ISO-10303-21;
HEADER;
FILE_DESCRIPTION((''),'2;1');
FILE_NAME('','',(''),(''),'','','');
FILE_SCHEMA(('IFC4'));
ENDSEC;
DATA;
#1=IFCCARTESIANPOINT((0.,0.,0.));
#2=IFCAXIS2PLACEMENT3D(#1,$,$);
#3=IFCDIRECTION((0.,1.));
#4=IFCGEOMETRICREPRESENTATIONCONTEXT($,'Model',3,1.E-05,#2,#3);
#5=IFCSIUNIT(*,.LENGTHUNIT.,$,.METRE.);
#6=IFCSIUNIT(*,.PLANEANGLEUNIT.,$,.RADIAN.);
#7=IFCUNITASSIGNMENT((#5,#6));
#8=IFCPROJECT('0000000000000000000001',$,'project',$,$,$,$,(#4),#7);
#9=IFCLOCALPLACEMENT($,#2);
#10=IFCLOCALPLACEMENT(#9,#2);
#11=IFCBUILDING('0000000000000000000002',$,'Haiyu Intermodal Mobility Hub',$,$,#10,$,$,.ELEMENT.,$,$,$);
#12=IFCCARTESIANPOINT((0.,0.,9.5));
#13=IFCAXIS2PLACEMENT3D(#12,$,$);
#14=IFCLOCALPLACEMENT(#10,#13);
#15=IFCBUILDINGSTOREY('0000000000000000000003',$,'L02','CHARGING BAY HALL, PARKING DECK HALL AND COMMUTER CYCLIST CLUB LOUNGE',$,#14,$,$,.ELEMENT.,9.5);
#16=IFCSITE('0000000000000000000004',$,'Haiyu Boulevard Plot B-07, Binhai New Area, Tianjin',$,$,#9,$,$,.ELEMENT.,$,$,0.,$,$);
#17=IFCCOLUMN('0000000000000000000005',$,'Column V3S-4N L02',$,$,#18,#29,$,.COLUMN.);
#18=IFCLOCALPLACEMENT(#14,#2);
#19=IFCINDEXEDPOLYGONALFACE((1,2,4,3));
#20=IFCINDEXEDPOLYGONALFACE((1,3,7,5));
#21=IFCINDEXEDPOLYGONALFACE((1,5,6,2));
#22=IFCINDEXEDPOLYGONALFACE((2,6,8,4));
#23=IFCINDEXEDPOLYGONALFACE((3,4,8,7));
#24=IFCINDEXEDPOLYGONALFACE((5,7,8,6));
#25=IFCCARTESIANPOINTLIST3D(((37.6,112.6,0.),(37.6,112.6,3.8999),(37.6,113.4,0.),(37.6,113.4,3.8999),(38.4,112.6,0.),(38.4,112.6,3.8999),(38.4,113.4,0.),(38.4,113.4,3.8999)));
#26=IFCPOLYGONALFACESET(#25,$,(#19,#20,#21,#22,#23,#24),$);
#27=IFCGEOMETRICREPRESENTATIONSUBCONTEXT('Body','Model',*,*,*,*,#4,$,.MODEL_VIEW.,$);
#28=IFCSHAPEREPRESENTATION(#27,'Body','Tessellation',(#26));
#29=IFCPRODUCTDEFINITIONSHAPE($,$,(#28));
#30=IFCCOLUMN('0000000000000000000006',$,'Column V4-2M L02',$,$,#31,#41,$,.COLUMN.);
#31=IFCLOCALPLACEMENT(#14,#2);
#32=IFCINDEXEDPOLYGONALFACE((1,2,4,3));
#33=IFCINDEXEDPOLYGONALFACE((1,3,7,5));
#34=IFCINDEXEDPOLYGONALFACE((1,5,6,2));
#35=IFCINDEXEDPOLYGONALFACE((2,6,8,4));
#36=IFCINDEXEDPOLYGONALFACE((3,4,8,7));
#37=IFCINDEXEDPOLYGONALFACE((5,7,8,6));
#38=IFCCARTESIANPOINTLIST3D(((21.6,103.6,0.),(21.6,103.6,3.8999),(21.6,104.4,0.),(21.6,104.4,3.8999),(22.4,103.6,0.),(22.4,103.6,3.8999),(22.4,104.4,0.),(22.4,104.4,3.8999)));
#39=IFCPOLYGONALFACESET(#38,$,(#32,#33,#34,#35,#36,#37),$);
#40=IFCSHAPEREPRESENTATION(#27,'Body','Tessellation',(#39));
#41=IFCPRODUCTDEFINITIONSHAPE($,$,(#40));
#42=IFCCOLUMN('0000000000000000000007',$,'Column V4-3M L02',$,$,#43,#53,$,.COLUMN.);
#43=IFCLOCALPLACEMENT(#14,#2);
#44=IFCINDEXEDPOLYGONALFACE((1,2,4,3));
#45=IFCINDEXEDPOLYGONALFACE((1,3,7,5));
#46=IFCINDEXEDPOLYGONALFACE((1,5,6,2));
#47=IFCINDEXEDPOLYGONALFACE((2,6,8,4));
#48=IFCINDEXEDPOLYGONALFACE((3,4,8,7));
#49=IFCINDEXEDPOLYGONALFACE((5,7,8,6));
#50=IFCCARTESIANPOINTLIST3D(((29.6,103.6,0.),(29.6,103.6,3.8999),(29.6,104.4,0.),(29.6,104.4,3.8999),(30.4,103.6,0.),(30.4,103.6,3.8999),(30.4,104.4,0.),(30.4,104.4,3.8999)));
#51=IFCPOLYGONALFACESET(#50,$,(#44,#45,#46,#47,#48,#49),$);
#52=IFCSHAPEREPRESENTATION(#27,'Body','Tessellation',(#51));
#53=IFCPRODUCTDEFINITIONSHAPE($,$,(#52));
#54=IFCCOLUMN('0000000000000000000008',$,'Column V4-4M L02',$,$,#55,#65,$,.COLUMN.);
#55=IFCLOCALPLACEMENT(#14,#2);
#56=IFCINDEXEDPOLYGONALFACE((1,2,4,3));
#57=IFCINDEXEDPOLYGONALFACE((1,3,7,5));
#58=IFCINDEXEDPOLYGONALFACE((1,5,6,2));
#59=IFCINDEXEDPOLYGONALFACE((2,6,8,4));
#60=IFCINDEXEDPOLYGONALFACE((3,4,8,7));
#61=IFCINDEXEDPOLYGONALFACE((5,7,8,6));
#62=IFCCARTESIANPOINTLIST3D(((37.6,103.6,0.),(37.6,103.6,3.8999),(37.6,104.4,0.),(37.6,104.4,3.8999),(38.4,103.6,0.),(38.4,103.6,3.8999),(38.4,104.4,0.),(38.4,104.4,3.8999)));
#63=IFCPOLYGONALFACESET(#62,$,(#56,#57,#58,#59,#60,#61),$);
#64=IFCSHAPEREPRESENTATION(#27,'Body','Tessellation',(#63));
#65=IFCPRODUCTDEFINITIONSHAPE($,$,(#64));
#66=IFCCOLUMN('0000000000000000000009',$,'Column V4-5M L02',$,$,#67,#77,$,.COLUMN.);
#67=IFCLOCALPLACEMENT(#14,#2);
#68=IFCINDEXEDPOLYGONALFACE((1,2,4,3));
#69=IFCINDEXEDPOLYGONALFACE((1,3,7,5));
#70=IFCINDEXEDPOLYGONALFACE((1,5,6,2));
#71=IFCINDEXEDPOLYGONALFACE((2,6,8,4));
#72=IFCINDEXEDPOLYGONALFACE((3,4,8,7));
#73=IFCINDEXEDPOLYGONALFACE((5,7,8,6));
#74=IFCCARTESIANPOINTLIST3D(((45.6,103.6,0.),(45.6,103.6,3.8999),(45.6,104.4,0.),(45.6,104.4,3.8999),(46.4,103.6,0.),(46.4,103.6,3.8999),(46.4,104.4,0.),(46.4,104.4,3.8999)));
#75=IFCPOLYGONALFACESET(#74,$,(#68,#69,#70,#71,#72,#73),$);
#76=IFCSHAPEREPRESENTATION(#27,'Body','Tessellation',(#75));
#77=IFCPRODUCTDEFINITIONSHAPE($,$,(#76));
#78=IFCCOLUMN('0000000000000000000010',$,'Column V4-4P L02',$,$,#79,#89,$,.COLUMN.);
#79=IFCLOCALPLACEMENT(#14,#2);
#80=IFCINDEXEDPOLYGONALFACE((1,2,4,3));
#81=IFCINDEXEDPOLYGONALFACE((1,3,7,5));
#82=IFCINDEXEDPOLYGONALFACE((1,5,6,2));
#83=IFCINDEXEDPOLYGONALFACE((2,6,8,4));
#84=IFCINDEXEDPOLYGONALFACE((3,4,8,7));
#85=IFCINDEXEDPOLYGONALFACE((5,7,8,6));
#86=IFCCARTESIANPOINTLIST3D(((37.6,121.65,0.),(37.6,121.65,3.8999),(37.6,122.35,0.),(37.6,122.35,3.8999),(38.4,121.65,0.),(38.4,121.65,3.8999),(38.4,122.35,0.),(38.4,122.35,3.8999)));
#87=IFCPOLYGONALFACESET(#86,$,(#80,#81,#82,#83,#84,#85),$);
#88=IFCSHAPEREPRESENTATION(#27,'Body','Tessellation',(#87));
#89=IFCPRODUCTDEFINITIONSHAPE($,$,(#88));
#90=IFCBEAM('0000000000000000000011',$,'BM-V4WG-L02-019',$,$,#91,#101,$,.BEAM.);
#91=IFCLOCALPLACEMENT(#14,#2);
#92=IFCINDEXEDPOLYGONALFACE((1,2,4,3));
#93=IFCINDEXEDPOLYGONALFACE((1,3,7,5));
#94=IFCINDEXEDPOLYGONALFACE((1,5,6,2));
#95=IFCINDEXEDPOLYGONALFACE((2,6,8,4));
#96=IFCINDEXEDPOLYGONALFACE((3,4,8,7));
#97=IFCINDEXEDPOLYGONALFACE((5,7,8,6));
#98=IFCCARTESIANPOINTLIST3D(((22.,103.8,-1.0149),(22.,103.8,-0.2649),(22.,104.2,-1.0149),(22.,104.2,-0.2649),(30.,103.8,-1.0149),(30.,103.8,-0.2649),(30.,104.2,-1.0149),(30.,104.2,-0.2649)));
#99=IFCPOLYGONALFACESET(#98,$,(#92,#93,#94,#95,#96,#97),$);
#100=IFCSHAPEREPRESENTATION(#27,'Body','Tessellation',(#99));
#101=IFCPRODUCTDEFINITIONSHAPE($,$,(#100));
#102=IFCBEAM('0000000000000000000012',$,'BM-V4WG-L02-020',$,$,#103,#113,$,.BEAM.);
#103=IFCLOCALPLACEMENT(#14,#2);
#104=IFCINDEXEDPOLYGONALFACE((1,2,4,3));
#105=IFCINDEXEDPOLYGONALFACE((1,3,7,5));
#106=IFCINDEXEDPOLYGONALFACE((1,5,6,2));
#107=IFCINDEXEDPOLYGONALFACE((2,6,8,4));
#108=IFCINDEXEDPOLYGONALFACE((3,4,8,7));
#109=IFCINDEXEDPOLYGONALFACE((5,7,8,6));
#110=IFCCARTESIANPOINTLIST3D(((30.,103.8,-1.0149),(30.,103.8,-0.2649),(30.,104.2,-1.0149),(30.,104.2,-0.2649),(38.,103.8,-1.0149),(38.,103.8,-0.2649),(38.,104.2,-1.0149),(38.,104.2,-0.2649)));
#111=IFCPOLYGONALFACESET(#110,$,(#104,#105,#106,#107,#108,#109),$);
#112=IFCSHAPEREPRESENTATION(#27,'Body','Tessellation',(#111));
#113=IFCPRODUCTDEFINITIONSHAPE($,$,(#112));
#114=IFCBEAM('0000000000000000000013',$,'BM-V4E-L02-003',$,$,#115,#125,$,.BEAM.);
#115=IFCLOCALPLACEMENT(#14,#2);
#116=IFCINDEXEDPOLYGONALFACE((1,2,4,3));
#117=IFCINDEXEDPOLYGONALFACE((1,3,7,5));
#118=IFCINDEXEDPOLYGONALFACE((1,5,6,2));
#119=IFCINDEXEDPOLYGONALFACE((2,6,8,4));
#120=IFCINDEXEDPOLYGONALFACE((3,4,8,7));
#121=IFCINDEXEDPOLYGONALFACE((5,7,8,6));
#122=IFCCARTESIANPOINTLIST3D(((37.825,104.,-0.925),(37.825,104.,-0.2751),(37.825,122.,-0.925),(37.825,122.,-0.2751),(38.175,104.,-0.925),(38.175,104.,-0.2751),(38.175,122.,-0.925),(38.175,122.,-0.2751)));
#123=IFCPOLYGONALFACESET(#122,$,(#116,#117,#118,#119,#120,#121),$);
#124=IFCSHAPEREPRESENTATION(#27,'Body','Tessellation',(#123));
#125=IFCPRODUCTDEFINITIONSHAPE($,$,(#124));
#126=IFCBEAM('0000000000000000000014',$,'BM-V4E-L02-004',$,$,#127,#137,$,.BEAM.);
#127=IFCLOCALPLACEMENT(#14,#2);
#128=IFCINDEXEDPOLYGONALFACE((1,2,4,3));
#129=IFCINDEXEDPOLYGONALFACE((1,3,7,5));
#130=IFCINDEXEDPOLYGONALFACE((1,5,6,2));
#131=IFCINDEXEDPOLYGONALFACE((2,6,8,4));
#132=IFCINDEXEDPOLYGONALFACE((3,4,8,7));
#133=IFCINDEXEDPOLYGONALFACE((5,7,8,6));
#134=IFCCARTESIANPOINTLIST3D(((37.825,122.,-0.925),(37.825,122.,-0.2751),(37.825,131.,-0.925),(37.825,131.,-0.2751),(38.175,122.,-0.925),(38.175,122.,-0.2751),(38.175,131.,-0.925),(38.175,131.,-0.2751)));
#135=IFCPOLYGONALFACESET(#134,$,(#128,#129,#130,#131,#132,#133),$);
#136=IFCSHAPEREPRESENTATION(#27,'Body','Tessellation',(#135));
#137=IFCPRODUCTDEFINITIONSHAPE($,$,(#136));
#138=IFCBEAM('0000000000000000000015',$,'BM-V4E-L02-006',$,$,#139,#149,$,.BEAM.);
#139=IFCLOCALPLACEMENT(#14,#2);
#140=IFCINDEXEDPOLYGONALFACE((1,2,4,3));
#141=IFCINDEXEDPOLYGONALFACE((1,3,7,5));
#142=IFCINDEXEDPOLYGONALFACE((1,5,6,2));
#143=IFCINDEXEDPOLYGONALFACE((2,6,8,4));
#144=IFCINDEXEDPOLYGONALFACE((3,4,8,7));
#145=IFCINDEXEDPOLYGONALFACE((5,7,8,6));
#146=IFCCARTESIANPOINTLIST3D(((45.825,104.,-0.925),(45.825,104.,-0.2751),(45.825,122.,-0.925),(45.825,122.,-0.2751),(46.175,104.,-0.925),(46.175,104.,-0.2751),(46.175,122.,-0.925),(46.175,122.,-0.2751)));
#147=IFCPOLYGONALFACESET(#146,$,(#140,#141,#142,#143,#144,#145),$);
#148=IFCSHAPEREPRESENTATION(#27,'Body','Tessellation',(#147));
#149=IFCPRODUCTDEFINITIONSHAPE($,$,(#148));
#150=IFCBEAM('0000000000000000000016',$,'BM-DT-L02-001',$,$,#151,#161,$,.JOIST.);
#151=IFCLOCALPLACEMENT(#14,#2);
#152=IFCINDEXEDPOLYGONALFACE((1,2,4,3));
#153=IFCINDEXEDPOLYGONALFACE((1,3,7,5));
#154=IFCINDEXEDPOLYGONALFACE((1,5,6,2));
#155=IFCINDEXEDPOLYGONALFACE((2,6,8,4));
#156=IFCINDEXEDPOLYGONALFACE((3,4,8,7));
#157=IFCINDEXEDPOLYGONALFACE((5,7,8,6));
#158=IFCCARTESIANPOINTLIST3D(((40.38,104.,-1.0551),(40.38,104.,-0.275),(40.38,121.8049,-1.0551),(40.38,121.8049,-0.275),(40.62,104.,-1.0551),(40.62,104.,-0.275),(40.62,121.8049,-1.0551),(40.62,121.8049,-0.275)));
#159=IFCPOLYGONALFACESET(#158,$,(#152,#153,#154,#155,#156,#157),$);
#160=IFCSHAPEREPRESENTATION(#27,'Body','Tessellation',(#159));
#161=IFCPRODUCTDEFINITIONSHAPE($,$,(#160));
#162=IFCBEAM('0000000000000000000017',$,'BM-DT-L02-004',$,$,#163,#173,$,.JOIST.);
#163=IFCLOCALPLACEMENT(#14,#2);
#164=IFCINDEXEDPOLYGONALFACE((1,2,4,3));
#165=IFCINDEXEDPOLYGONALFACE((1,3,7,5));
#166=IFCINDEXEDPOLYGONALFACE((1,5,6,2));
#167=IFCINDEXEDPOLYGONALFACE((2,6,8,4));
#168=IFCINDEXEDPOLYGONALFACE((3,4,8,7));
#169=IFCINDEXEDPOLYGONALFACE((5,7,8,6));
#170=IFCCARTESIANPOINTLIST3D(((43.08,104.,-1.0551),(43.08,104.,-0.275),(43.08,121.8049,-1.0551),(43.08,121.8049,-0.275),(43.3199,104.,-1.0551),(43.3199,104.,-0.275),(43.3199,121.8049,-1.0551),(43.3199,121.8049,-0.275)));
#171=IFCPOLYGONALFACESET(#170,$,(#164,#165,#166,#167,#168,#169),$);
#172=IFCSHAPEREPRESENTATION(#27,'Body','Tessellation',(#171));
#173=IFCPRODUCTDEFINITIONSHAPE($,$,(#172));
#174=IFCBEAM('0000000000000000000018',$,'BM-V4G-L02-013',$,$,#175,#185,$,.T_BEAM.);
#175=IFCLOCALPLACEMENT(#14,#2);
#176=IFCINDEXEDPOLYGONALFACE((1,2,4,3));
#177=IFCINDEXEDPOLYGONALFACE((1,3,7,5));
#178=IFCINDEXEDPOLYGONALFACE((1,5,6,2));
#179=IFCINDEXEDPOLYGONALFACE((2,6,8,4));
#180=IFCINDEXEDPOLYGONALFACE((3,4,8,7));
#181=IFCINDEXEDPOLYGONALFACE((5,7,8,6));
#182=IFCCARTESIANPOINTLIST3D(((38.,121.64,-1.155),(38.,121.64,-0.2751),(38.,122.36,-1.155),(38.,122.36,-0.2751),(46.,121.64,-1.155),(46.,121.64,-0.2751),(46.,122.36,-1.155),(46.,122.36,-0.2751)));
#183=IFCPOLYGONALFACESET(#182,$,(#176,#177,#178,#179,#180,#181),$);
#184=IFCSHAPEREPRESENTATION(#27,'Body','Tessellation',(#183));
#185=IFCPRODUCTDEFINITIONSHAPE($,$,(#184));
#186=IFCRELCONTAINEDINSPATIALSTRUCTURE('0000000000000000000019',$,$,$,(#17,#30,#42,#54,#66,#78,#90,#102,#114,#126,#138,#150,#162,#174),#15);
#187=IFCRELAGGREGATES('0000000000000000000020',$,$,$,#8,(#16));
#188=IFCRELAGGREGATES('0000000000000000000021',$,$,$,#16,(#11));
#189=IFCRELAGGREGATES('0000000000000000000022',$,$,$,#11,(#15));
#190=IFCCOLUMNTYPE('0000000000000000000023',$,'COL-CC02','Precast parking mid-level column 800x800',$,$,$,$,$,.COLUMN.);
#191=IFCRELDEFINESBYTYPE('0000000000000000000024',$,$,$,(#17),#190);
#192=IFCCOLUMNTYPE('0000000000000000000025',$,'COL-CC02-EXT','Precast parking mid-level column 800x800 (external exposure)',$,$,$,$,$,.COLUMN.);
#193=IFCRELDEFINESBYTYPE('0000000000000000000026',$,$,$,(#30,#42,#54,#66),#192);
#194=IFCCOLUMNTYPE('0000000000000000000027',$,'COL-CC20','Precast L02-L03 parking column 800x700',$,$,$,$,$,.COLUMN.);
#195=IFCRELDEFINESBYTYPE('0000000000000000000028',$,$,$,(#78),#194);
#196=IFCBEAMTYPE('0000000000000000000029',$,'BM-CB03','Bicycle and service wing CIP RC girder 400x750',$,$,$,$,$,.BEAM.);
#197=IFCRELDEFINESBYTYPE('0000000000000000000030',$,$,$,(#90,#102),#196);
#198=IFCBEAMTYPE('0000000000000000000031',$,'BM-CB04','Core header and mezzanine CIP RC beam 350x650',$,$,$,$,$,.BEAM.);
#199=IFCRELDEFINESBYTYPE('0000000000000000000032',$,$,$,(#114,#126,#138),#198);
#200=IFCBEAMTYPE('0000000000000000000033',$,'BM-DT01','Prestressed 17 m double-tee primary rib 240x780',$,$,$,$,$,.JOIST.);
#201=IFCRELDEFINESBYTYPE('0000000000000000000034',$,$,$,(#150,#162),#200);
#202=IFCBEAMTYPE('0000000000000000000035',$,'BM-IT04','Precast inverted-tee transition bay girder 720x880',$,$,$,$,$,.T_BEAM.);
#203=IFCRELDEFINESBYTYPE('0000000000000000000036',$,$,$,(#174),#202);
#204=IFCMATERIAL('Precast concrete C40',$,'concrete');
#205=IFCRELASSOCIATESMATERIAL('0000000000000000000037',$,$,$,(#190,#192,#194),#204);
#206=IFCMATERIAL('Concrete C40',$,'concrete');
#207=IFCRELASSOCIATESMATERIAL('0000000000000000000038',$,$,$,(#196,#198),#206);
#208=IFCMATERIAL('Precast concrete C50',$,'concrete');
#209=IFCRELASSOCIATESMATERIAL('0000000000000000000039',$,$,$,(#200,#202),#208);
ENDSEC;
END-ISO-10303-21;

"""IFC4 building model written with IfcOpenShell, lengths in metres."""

from ifc_helpers import new_model, si_unit, direction, frame, origin, origin_2d, place, context, subcontext, project, spatial, rectangle, extrude, material, material_profile, profile_set, type_object, element, save


model = new_model("IFC4")

# Units and contexts
model_context = context("Model", 3, precision=1e-05, world=origin(), true_north=direction((0.0, 1.0)))
body_context = subcontext(model_context, "Body", "Model", "MODEL_VIEW")
ifc_project = project(units=[si_unit("LENGTHUNIT", "METRE"), si_unit("PLANEANGLEUNIT", "RADIAN")], contexts=[model_context])

# Site, building, storey
site_placement = place(None, origin())
site = spatial("IfcSite", under=ifc_project, at=site_placement, Name="Haiyu Boulevard Plot B-07, Binhai New Area, Tianjin", CompositionType="ELEMENT", RefElevation=0.0)
building_placement = place(site_placement, origin())
building = spatial("IfcBuilding", under=site, at=building_placement, Name="Haiyu Intermodal Mobility Hub", CompositionType="ELEMENT")
storey_placement = place(building_placement, frame((0.0, 0.0, 9.5)))
storey = spatial("IfcBuildingStorey", under=building, at=storey_placement, Name="L02", Description="CHARGING BAY HALL, PARKING DECK HALL AND COMMUTER CYCLIST CLUB LOUNGE", CompositionType="ELEMENT", Elevation=9.5)

# Columns
ifc_material_1 = material(Name="Precast concrete C40", Category="concrete")
ifc_material_profile_1 = material_profile(ifc_material_1, rectangle(XDim=0.8, YDim=0.8, at=origin_2d()), Name="RC800x800")
ifc_profile_set_1 = profile_set([ifc_material_profile_1], Name="Precast concrete C40")
column_type_1 = type_object("IfcColumnType", Name="COL-CC02", Description="Precast parking mid-level column 800x800", PredefinedType="COLUMN", material=ifc_profile_set_1)
column_1_placement = place(storey_placement, frame((38.0, 113.0, 0.0), z_axis=(0.0, 0.0, 1.0), x_axis=(1.0, 0.0, 0.0)))
element("IfcColumn", 1, at=column_1_placement, inside=storey, type_object=column_type_1, Name="Column V3S-4N L02", PredefinedType="COLUMN", context=body_context, shape_type="SweptSolid", body=[
    extrude(rectangle(XDim=0.8, YDim=0.8, at=origin_2d()), origin(), (0.0, 0.0, 1.0), 3.8999),
])
ifc_material_profile_2 = material_profile(ifc_material_1, rectangle(XDim=0.8, YDim=0.8, at=origin_2d()), Name="RC800x800")
ifc_profile_set_2 = profile_set([ifc_material_profile_2], Name="Precast concrete C40")
column_type_2 = type_object("IfcColumnType", Name="COL-CC02-EXT", Description="Precast parking mid-level column 800x800 (external exposure)", PredefinedType="COLUMN", material=ifc_profile_set_2)
for number, where, z_axis, x_axis, name in (
    (2, (22.0, 104.0, 0.0), (0.0, 0.0, 1.0), (1.0, 0.0, 0.0), "Column V4-2M L02"),
    (3, (30.0, 104.0, 0.0), (0.0, 0.0, 1.0), (1.0, 0.0, 0.0), "Column V4-3M L02"),
    (4, (38.0, 104.0, 0.0), (0.0, 0.0, 1.0), (1.0, 0.0, 0.0), "Column V4-4M L02"),
    (5, (46.0, 104.0, 0.0), (0.0, 0.0, 1.0), (1.0, 0.0, 0.0), "Column V4-5M L02"),
):
    element("IfcColumn", number, at=place(storey_placement, frame(where, z_axis=z_axis, x_axis=x_axis)), inside=storey, type_object=column_type_2, Name=name, PredefinedType="COLUMN", context=body_context, shape_type="SweptSolid", body=[
        extrude(rectangle(XDim=0.8, YDim=0.8, at=origin_2d()), origin(), (0.0, 0.0, 1.0), 3.8999),
    ])
ifc_material_profile_3 = material_profile(ifc_material_1, rectangle(XDim=0.8, YDim=0.7, at=origin_2d()), Name="C800x700")
ifc_profile_set_3 = profile_set([ifc_material_profile_3], Name="Precast concrete C40")
column_type_3 = type_object("IfcColumnType", Name="COL-CC20", Description="Precast L02-L03 parking column 800x700", PredefinedType="COLUMN", material=ifc_profile_set_3)
column_2_placement = place(storey_placement, frame((38.0, 122.0, 0.0), z_axis=(0.0, 0.0, 1.0), x_axis=(1.0, 0.0, 0.0)))
element("IfcColumn", 6, at=column_2_placement, inside=storey, type_object=column_type_3, Name="Column V4-4P L02", PredefinedType="COLUMN", context=body_context, shape_type="SweptSolid", body=[
    extrude(rectangle(XDim=0.8, YDim=0.7, at=origin_2d()), origin(), (0.0, 0.0, 1.0), 3.8999),
])

# Beams
ifc_material_2 = material(Name="Concrete C40", Category="concrete")
ifc_material_profile_4 = material_profile(ifc_material_2, rectangle(XDim=0.3999, YDim=0.75, at=origin_2d()), Name="RCB400x750")
ifc_profile_set_4 = profile_set([ifc_material_profile_4], Name="Concrete C40")
beam_type_1 = type_object("IfcBeamType", Name="BM-CB03", Description="Bicycle and service wing CIP RC girder 400x750", PredefinedType="BEAM", material=ifc_profile_set_4)
for number, where, z_axis, x_axis, name in (
    (7, (22.0, 104.0, -0.6399), (1.0, 0.0, 0.0), (0.0, 1.0, 0.0), "BM-V4WG-L02-019"),
    (8, (30.0, 104.0, -0.6399), (1.0, 0.0, 0.0), (0.0, 1.0, 0.0), "BM-V4WG-L02-020"),
):
    element("IfcBeam", number, at=place(storey_placement, frame(where, z_axis=z_axis, x_axis=x_axis)), inside=storey, type_object=beam_type_1, Name=name, PredefinedType="BEAM", context=body_context, shape_type="SweptSolid", body=[
        extrude(rectangle(XDim=0.3999, YDim=0.75, at=origin_2d()), origin(), (0.0, 0.0, 1.0), 8.0),
    ])
ifc_material_profile_5 = material_profile(ifc_material_2, rectangle(XDim=0.3501, YDim=0.6499, at=origin_2d()), Name="RCB350x650")
ifc_profile_set_5 = profile_set([ifc_material_profile_5], Name="Concrete C40")
beam_type_2 = type_object("IfcBeamType", Name="BM-CB04", Description="Core header and mezzanine CIP RC beam 350x650", PredefinedType="BEAM", material=ifc_profile_set_5)
beam_1_placement = place(storey_placement, frame((38.0, 104.0, -0.6001), z_axis=(0.0, 1.0, 0.0), x_axis=(-1.0, 0.0, 0.0)))
element("IfcBeam", 9, at=beam_1_placement, inside=storey, type_object=beam_type_2, Name="BM-V4E-L02-003", PredefinedType="BEAM", context=body_context, shape_type="SweptSolid", body=[
    extrude(rectangle(XDim=0.3501, YDim=0.6499, at=origin_2d()), origin(), (0.0, 0.0, 1.0), 18.0),
])
beam_2_placement = place(storey_placement, frame((38.0, 122.0, -0.6001), z_axis=(0.0, 1.0, 0.0), x_axis=(-1.0, 0.0, 0.0)))
element("IfcBeam", 10, at=beam_2_placement, inside=storey, type_object=beam_type_2, Name="BM-V4E-L02-004", PredefinedType="BEAM", context=body_context, shape_type="SweptSolid", body=[
    extrude(rectangle(XDim=0.3501, YDim=0.6499, at=origin_2d()), origin(), (0.0, 0.0, 1.0), 9.0),
])
beam_3_placement = place(storey_placement, frame((46.0, 104.0, -0.6001), z_axis=(0.0, 1.0, 0.0), x_axis=(-1.0, 0.0, 0.0)))
element("IfcBeam", 11, at=beam_3_placement, inside=storey, type_object=beam_type_2, Name="BM-V4E-L02-006", PredefinedType="BEAM", context=body_context, shape_type="SweptSolid", body=[
    extrude(rectangle(XDim=0.3501, YDim=0.6499, at=origin_2d()), origin(), (0.0, 0.0, 1.0), 18.0),
])
ifc_material_3 = material(Name="Precast concrete C50", Category="concrete")
ifc_material_profile_6 = material_profile(ifc_material_3, rectangle(XDim=0.24, YDim=0.78, at=origin_2d()), Name="PC240x780")
ifc_profile_set_6 = profile_set([ifc_material_profile_6], Name="Precast concrete C50")
beam_type_3 = type_object("IfcBeamType", Name="BM-DT01", Description="Prestressed 17 m double-tee primary rib 240x780", PredefinedType="JOIST", material=ifc_profile_set_6)
for number, where, z_axis, x_axis, name in (
    (12, (40.5, 104.0, -0.665), (0.0, 1.0, 0.0), (-1.0, 0.0, 0.0), "BM-DT-L02-001"),
    (13, (43.2, 104.0, -0.665), (0.0, 1.0, 0.0), (-1.0, 0.0, 0.0), "BM-DT-L02-004"),
):
    element("IfcBeam", number, at=place(storey_placement, frame(where, z_axis=z_axis, x_axis=x_axis)), inside=storey, type_object=beam_type_3, Name=name, PredefinedType="JOIST", context=body_context, shape_type="SweptSolid", body=[
        extrude(rectangle(XDim=0.24, YDim=0.78, at=origin_2d()), origin(), (0.0, 0.0, 1.0), 17.8049),
    ])
ifc_material_profile_7 = material_profile(ifc_material_3, rectangle(XDim=0.72, YDim=0.8799, at=origin_2d()), Name="B720x880")
ifc_profile_set_7 = profile_set([ifc_material_profile_7], Name="Precast concrete C50")
beam_type_4 = type_object("IfcBeamType", Name="BM-IT04", Description="Precast inverted-tee transition bay girder 720x880", PredefinedType="T_BEAM", material=ifc_profile_set_7)
beam_4_placement = place(storey_placement, frame((38.0, 122.0, -0.7151), z_axis=(1.0, 0.0, 0.0), x_axis=(0.0, 1.0, 0.0)))
element("IfcBeam", 14, at=beam_4_placement, inside=storey, type_object=beam_type_4, Name="BM-V4G-L02-013", PredefinedType="T_BEAM", context=body_context, shape_type="SweptSolid", body=[
    extrude(rectangle(XDim=0.72, YDim=0.8799, at=origin_2d()), origin(), (0.0, 0.0, 1.0), 8.0),
])

save(model, "model.ifc")
